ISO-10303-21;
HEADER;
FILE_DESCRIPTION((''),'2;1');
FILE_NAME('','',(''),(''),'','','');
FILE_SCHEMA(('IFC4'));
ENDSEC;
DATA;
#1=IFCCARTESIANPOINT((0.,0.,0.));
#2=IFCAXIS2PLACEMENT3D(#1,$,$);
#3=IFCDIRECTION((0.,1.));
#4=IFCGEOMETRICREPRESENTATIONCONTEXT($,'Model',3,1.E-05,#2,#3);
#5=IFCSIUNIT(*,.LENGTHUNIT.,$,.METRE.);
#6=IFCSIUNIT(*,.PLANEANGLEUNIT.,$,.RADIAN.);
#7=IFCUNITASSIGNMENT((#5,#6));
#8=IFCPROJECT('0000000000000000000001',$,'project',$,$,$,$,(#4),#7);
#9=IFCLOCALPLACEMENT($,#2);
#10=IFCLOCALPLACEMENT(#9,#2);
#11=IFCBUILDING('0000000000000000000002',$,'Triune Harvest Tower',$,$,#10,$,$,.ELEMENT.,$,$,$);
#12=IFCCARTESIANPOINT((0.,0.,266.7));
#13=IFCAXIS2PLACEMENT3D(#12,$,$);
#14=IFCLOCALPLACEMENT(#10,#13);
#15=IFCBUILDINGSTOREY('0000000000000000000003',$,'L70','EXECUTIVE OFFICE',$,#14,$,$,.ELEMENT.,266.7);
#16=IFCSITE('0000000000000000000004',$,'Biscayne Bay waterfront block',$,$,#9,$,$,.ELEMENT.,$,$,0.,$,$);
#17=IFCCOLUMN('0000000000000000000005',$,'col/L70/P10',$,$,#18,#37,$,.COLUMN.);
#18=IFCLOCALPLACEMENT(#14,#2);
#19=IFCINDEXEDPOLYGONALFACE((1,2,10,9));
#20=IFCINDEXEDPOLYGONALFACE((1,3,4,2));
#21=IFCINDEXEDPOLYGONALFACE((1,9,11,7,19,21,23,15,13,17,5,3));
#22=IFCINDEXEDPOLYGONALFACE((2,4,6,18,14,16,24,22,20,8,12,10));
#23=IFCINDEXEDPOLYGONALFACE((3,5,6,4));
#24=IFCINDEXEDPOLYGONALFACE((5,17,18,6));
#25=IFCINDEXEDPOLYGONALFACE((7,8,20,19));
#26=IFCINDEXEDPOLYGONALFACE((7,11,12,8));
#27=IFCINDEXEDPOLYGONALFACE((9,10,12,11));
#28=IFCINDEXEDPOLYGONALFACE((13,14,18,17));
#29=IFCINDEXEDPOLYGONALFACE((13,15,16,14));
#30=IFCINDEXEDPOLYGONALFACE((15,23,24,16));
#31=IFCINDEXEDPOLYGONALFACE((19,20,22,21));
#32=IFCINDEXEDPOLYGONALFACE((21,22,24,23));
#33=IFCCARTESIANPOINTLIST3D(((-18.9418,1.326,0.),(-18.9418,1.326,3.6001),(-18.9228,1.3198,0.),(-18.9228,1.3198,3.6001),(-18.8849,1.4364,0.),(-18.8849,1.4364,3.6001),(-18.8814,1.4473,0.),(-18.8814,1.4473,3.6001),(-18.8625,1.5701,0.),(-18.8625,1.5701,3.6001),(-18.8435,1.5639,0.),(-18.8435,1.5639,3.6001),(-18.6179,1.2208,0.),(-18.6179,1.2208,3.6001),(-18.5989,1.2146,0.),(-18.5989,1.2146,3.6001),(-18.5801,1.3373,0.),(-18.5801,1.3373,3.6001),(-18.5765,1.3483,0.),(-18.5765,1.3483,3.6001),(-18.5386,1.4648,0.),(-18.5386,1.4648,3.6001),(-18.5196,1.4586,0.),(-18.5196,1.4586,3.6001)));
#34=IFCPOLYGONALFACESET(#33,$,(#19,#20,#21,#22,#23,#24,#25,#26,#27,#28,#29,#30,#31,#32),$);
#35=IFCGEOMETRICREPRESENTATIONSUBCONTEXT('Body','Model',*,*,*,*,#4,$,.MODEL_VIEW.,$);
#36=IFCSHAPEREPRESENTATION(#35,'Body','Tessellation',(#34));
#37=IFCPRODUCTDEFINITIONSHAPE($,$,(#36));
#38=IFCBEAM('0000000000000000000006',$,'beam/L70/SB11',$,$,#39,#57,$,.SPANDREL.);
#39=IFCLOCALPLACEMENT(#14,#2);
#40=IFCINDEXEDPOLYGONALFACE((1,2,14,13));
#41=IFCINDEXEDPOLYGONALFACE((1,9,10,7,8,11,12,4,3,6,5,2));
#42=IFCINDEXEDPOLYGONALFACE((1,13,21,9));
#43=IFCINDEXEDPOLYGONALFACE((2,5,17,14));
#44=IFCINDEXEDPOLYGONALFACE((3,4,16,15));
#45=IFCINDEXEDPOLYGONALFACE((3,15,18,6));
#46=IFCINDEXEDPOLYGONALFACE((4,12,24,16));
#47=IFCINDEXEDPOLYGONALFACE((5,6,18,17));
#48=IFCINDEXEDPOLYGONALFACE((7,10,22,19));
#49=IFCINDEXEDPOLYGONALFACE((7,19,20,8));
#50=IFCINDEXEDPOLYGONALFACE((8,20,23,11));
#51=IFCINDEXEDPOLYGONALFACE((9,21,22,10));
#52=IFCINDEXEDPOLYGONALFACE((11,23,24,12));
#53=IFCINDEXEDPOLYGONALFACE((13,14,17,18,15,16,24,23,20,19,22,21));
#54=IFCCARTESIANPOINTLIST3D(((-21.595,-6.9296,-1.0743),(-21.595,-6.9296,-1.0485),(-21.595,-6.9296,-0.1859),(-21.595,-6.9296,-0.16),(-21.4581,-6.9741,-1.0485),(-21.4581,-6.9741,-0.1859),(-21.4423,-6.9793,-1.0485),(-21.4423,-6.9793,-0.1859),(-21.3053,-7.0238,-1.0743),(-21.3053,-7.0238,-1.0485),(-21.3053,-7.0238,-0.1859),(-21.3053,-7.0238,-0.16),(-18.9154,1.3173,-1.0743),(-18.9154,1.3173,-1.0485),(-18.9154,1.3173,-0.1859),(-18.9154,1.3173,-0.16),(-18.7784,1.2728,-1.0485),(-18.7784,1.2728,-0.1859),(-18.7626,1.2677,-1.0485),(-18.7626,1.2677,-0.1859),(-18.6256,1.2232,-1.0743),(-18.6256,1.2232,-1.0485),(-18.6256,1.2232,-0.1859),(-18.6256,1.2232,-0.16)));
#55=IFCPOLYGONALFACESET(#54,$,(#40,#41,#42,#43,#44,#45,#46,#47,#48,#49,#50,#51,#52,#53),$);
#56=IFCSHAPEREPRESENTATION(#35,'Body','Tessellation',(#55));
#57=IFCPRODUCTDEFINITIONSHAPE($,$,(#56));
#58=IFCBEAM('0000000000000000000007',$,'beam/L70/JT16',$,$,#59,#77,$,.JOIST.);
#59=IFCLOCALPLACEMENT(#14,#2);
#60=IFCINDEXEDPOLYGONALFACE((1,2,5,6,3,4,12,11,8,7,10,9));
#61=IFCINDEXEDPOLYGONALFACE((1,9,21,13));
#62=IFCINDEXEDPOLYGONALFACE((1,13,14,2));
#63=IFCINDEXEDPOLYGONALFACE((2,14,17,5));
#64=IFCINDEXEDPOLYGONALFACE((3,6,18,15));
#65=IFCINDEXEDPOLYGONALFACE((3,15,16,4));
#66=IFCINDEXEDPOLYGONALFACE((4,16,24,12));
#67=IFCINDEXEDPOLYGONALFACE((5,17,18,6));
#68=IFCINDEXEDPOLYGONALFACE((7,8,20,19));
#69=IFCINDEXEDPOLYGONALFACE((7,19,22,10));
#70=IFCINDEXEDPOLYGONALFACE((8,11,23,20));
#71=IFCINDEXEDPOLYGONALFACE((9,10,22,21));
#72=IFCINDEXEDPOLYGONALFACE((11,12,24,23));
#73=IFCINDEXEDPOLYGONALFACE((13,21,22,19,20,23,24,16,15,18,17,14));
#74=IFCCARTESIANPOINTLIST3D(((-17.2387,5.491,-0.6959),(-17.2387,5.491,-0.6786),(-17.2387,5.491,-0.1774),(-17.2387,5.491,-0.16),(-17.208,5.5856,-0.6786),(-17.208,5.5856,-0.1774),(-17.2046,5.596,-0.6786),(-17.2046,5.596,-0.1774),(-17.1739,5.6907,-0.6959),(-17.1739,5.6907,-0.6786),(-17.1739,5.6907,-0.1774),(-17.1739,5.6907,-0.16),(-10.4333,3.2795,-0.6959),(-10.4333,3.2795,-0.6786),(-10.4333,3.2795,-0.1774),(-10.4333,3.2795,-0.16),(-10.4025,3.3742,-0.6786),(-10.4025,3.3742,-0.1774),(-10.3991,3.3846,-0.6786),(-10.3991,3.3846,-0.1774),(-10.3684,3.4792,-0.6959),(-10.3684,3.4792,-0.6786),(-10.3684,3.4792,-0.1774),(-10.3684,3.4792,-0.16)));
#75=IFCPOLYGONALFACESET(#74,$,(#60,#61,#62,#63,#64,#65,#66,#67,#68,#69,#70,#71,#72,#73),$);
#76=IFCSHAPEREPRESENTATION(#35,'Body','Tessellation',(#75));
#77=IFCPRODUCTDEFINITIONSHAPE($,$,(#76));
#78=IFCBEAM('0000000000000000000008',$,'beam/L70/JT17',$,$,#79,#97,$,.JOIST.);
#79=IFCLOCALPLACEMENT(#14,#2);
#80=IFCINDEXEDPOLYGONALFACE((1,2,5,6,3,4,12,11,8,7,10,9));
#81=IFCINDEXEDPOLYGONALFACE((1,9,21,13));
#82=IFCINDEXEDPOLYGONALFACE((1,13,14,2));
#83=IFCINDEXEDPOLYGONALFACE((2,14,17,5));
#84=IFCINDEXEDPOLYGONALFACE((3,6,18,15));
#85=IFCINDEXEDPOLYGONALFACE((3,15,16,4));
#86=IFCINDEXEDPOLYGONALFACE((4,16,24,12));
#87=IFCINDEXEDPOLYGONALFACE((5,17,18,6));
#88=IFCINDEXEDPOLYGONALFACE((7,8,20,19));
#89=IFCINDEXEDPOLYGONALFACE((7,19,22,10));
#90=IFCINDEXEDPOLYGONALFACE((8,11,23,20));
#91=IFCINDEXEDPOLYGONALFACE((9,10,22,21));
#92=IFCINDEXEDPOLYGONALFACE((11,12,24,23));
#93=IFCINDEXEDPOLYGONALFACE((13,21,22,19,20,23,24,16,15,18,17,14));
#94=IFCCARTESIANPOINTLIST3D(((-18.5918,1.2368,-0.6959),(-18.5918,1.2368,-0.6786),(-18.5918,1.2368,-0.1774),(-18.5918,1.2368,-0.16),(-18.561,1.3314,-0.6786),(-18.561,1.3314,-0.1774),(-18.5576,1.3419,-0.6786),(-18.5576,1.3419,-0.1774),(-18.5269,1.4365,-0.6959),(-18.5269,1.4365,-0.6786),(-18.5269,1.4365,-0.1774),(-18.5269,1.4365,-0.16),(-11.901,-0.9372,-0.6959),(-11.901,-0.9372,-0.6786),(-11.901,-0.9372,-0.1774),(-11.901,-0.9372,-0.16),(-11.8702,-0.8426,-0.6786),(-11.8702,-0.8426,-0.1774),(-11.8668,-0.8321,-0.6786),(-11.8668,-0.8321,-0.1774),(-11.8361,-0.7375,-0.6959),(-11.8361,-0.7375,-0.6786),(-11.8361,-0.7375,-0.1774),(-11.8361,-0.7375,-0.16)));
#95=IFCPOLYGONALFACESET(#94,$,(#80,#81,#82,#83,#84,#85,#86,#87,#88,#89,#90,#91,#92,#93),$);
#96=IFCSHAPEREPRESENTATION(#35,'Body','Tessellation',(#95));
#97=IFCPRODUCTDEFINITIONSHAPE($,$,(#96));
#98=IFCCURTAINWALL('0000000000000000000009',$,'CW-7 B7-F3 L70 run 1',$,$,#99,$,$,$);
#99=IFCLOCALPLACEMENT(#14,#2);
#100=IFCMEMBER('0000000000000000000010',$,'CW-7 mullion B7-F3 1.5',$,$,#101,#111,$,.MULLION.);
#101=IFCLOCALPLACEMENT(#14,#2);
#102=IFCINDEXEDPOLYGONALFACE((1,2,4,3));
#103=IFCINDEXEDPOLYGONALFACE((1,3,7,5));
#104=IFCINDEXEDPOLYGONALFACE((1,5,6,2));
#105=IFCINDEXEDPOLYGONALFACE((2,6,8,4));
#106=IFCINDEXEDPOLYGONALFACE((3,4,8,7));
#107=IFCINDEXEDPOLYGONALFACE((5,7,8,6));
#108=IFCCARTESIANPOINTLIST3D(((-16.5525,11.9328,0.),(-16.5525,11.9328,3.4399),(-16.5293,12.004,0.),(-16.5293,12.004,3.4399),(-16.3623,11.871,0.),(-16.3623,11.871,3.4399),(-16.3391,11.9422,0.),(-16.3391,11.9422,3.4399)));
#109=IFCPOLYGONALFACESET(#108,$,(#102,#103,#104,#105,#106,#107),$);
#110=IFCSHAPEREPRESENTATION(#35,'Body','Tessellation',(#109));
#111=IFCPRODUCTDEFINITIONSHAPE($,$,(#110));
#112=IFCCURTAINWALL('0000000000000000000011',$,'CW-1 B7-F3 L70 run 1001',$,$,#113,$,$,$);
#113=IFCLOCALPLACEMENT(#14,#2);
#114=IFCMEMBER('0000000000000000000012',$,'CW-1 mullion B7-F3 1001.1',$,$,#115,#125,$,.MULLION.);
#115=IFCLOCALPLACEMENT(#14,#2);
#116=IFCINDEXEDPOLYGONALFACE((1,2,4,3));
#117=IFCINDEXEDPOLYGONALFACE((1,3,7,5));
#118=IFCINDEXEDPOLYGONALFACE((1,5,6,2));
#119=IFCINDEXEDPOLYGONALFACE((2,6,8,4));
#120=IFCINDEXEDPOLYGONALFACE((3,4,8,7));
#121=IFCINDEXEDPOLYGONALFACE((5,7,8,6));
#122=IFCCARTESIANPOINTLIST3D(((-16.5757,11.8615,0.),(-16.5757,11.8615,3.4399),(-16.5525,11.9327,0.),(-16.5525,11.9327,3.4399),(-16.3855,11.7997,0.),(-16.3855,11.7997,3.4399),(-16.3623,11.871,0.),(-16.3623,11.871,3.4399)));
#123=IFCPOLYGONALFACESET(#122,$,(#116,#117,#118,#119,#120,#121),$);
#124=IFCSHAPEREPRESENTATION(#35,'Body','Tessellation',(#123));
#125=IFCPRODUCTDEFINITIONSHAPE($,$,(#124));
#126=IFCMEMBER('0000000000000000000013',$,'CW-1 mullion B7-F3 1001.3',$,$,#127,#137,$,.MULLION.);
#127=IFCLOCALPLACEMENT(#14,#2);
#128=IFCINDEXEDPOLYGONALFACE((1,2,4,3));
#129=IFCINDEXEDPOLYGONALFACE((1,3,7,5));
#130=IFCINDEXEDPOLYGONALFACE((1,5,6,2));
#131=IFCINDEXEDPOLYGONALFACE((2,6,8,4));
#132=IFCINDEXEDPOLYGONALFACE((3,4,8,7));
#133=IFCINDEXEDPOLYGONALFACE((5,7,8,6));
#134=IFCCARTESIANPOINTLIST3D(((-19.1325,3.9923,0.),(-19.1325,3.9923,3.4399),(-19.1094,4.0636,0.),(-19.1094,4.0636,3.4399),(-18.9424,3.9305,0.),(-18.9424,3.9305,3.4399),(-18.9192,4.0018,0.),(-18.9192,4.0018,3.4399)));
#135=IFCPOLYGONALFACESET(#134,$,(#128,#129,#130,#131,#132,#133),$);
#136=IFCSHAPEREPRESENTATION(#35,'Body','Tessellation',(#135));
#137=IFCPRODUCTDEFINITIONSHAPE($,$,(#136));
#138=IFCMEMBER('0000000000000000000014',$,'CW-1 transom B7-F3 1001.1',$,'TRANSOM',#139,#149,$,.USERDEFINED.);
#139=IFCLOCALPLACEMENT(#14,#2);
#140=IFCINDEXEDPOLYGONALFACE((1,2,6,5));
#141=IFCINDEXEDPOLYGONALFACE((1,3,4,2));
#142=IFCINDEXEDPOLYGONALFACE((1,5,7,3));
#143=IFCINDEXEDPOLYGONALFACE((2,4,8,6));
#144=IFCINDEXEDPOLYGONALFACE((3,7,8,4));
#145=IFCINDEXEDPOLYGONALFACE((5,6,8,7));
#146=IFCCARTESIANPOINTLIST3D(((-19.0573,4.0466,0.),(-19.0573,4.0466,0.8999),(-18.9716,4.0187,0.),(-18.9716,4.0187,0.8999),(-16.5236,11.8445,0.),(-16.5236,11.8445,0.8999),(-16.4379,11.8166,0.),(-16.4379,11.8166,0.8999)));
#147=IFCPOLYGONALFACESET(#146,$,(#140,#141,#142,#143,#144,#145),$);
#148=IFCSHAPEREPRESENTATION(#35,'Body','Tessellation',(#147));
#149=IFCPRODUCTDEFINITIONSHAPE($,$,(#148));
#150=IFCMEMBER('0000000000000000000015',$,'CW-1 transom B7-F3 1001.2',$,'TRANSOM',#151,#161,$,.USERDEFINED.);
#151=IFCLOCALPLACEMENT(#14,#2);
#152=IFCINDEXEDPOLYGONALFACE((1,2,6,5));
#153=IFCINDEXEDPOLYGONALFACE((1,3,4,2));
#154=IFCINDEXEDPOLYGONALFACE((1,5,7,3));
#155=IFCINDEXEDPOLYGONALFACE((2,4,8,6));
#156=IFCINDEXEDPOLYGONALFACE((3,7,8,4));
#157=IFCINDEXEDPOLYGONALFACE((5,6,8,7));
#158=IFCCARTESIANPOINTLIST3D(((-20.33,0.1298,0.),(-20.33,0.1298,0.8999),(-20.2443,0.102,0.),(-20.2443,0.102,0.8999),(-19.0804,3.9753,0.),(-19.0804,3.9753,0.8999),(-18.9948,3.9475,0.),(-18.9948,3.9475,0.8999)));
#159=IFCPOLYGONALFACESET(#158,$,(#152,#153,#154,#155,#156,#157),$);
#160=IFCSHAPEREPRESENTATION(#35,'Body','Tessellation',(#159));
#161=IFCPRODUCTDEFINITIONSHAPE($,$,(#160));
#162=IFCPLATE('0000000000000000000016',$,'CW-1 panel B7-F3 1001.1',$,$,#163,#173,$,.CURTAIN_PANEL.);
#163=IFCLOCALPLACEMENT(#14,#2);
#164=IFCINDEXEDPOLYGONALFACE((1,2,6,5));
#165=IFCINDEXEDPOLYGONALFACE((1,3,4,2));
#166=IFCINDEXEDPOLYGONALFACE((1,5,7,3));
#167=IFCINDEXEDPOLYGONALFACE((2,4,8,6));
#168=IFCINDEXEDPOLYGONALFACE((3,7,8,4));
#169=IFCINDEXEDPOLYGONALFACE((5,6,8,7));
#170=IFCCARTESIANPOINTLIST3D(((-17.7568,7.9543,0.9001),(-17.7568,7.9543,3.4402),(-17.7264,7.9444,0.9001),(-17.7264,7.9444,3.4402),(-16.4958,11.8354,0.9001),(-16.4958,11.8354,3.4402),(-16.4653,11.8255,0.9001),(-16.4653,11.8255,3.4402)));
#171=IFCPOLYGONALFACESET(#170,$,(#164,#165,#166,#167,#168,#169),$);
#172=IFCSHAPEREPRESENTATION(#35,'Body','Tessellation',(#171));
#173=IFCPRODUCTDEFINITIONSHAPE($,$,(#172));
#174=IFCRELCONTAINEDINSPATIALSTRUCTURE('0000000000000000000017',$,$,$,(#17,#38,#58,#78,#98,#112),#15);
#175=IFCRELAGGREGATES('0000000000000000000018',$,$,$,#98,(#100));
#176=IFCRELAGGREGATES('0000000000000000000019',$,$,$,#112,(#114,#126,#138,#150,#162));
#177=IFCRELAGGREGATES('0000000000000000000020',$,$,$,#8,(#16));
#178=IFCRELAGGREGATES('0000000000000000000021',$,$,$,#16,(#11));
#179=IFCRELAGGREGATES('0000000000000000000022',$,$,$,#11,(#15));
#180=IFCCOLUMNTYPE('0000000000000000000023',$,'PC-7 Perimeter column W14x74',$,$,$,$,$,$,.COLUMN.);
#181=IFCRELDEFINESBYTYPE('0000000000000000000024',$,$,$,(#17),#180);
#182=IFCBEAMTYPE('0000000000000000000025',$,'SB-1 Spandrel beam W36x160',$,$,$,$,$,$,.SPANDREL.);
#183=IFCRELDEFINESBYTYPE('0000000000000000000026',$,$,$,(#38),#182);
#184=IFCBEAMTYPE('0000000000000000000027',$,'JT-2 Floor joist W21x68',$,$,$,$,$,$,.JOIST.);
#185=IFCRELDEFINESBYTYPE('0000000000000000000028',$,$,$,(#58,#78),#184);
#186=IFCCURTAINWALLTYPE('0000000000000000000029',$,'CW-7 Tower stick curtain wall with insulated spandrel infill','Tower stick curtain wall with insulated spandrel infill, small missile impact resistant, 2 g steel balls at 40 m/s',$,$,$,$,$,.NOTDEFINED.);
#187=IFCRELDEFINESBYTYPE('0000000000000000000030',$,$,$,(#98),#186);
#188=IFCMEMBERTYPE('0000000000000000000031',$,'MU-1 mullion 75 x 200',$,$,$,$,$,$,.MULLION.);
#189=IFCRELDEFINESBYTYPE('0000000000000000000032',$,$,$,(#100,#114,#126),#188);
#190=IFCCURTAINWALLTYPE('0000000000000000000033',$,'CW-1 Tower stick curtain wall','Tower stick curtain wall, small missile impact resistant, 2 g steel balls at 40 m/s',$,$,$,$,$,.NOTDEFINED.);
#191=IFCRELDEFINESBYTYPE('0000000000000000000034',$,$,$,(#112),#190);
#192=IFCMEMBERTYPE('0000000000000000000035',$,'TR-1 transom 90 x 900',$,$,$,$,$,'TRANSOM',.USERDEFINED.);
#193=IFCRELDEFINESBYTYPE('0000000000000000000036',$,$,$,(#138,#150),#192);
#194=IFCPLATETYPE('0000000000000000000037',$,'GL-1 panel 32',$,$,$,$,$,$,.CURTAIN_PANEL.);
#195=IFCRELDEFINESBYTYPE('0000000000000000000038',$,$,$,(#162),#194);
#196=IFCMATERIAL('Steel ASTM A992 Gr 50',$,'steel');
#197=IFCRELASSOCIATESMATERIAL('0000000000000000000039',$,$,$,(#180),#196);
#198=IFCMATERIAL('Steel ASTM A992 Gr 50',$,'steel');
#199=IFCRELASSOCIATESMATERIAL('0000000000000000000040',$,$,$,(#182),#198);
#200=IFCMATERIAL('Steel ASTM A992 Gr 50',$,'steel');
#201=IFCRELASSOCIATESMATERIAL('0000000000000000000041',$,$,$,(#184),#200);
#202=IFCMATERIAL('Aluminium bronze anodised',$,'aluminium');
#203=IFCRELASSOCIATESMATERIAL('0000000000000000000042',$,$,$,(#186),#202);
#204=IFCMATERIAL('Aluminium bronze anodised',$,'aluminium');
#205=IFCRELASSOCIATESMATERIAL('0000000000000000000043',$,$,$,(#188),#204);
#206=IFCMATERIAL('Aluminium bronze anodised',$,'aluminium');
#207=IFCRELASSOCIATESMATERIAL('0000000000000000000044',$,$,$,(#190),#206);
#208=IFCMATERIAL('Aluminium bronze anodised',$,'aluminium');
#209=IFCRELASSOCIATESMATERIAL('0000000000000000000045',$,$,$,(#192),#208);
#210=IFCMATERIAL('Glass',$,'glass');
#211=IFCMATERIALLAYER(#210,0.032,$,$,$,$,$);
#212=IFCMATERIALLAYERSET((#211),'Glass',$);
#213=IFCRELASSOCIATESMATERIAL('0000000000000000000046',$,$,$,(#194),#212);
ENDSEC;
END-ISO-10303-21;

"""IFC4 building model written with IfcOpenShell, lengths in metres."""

from ifc_helpers import new_model, si_unit, direction, frame, origin, origin_2d, place, context, subcontext, project, spatial, rectangle, i_section, extrude, source, transform, mapped, material, layer, layer_set, material_profile, profile_set, type_object, element, aggregate, save


model = new_model("IFC4")

# Units and contexts
model_context = context("Model", 3, precision=1e-05, world=origin(), true_north=direction((0.0, 1.0)))
body_context = subcontext(model_context, "Body", "Model", "MODEL_VIEW")
ifc_project = project(units=[si_unit("LENGTHUNIT", "METRE"), si_unit("PLANEANGLEUNIT", "RADIAN")], contexts=[model_context])

# Site, building, storey
site_placement = place(None, origin())
site = spatial("IfcSite", under=ifc_project, at=site_placement, Name="Biscayne Bay waterfront block", CompositionType="ELEMENT", RefElevation=0.0)
building_placement = place(site_placement, origin())
building = spatial("IfcBuilding", under=site, at=building_placement, Name="Triune Harvest Tower", CompositionType="ELEMENT")
storey_placement = place(building_placement, frame((0.0, 0.0, 266.7)))
storey = spatial("IfcBuildingStorey", under=building, at=storey_placement, Name="L70", Description="EXECUTIVE OFFICE", CompositionType="ELEMENT", Elevation=266.7)

# Column
ifc_material_1 = material(Name="Steel ASTM A992 Gr 50", Category="steel")
ifc_material_profile_1 = material_profile(ifc_material_1, i_section(OverallWidth=0.2566, OverallDepth=0.3606, WebThickness=0.0115, FlangeThickness=0.02, at=origin_2d()), Name="W14x74")
ifc_profile_set_1 = profile_set([ifc_material_profile_1], Name="Steel ASTM A992 Gr 50")
column_type = type_object("IfcColumnType", Name="PC-7 Perimeter column W14x74", PredefinedType="COLUMN", material=ifc_profile_set_1)
shared_shape_1 = source(origin(), body_context, "Body", "SweptSolid", [
    extrude(i_section(OverallWidth=0.2566, OverallDepth=0.3606, WebThickness=0.0115, FlangeThickness=0.02, at=origin_2d()), origin(), (0.0, 0.0, 1.0), 3.6001),
])
column_placement = place(storey_placement, frame((-18.7307, 1.3923, 0.0), z_axis=(0.0, 0.0, 1.0), x_axis=(-0.309015, -0.951057, 0.0)))
element("IfcColumn", 1, at=column_placement, inside=storey, type_object=column_type, Name="col/L70/P10", PredefinedType="COLUMN", context=body_context, shape_type="MappedRepresentation", body=[
    mapped(shared_shape_1, transform((0.0, 0.0, 0.0), scale=1.0)),
])

# Beams
ifc_material_2 = material(Name="Steel ASTM A992 Gr 50", Category="steel")
ifc_material_profile_2 = material_profile(ifc_material_2, i_section(OverallWidth=0.3047, OverallDepth=0.9143, WebThickness=0.0166, FlangeThickness=0.0259, at=origin_2d()), Name="W36x160")
ifc_profile_set_2 = profile_set([ifc_material_profile_2], Name="Steel ASTM A992 Gr 50")
beam_type_1 = type_object("IfcBeamType", Name="SB-1 Spandrel beam W36x160", PredefinedType="SPANDREL", material=ifc_profile_set_2)
shared_shape_2 = source(origin(), body_context, "Body", "SweptSolid", [
    extrude(i_section(OverallWidth=0.3047, OverallDepth=0.9143, WebThickness=0.0166, FlangeThickness=0.0259, at=origin_2d()), origin(), (0.0, 0.0, 1.0), 8.6714),
])
beam_1_placement = place(storey_placement, frame((-18.7705, 1.2703, -0.6172), z_axis=(-0.309022, -0.951055, 0.0), x_axis=(0.951055, -0.309022, 0.0)))
element("IfcBeam", 2, at=beam_1_placement, inside=storey, type_object=beam_type_1, Name="beam/L70/SB11", PredefinedType="SPANDREL", context=body_context, shape_type="MappedRepresentation", body=[
    mapped(shared_shape_2, transform((0.0, 0.0, 0.0), scale=1.0)),
])
ifc_material_3 = material(Name="Steel ASTM A992 Gr 50", Category="steel")
ifc_material_profile_3 = material_profile(ifc_material_3, i_section(OverallWidth=0.21, OverallDepth=0.5359, WebThickness=0.011, FlangeThickness=0.0173, at=origin_2d()), Name="W21x68")
ifc_profile_set_3 = profile_set([ifc_material_profile_3], Name="Steel ASTM A992 Gr 50")
beam_type_2 = type_object("IfcBeamType", Name="JT-2 Floor joist W21x68", PredefinedType="JOIST", material=ifc_profile_set_3)
shared_shape_3 = source(origin(), body_context, "Body", "SweptSolid", [
    extrude(i_section(OverallWidth=0.21, OverallDepth=0.5359, WebThickness=0.011, FlangeThickness=0.0173, at=origin_2d()), origin(), (0.0, 0.0, 1.0), 7.1558),
])
beam_2_placement = place(storey_placement, frame((-17.2063, 5.5908, -0.428), z_axis=(0.951048, -0.309044, 0.0), x_axis=(0.309044, 0.951048, 0.0)))
element("IfcBeam", 3, at=beam_2_placement, inside=storey, type_object=beam_type_2, Name="beam/L70/JT16", PredefinedType="JOIST", context=body_context, shape_type="MappedRepresentation", body=[
    mapped(shared_shape_3, transform((0.0, 0.0, 0.0), scale=1.0)),
])
shared_shape_4 = source(origin(), body_context, "Body", "SweptSolid", [
    extrude(i_section(OverallWidth=0.21, OverallDepth=0.5359, WebThickness=0.011, FlangeThickness=0.0173, at=origin_2d()), origin(), (0.0, 0.0, 1.0), 7.0352),
])
beam_3_placement = place(storey_placement, frame((-18.5593, 1.3367, -0.428), z_axis=(0.951054, -0.309025, 0.0), x_axis=(0.309025, 0.951054, 0.0)))
element("IfcBeam", 4, at=beam_3_placement, inside=storey, type_object=beam_type_2, Name="beam/L70/JT17", PredefinedType="JOIST", context=body_context, shape_type="MappedRepresentation", body=[
    mapped(shared_shape_4, transform((0.0, 0.0, 0.0), scale=1.0)),
])

# Curtain wall, member
ifc_material_4 = material(Name="Aluminium bronze anodised", Category="aluminium")
curtain_wall_type_1 = type_object("IfcCurtainWallType", Name="CW-7 Tower stick curtain wall with insulated spandrel infill", Description="Tower stick curtain wall with insulated spandrel infill, small missile impact resistant, 2 g steel balls at 40 m/s", PredefinedType="NOTDEFINED", material=ifc_material_4)
curtain_wall_1_placement = place(storey_placement, origin())
curtain_wall_1 = element("IfcCurtainWall", 5, at=curtain_wall_1_placement, inside=storey, type_object=curtain_wall_type_1, Name="CW-7 B7-F3 L70 run 1")
ifc_material_5 = material(Name="Aluminium bronze anodised", Category="aluminium")
ifc_material_profile_4 = material_profile(ifc_material_5, rectangle(XDim=0.2, YDim=0.075, at=origin_2d()), Name="MU-1 mullion 75 x 200")
ifc_profile_set_4 = profile_set([ifc_material_profile_4], Name="Aluminium bronze anodised")
member_type_1 = type_object("IfcMemberType", Name="MU-1 mullion 75 x 200", PredefinedType="MULLION", material=ifc_profile_set_4)
shared_shape_5 = source(origin(), body_context, "Body", "SweptSolid", [
    extrude(rectangle(XDim=0.2, YDim=0.075, at=origin_2d()), origin(), (0.0, 0.0, 1.0), 3.4399),
])
member_1_placement = place(storey_placement, frame((-16.4458, 11.9375, 0.0), z_axis=(0.0, 0.0, 1.0), x_axis=(0.951058, -0.309014, 0.0)))
member_1 = element("IfcMember", 6, at=member_1_placement, type_object=member_type_1, Name="CW-7 mullion B7-F3 1.5", PredefinedType="MULLION", context=body_context, shape_type="MappedRepresentation", body=[
    mapped(shared_shape_5, transform((0.0, 0.0, 0.0), scale=1.0)),
])
aggregate(curtain_wall_1, [member_1])

# Curtain wall, members, plate
ifc_material_6 = material(Name="Aluminium bronze anodised", Category="aluminium")
curtain_wall_type_2 = type_object("IfcCurtainWallType", Name="CW-1 Tower stick curtain wall", Description="Tower stick curtain wall, small missile impact resistant, 2 g steel balls at 40 m/s", PredefinedType="NOTDEFINED", material=ifc_material_6)
curtain_wall_2_placement = place(storey_placement, origin())
curtain_wall_2 = element("IfcCurtainWall", 7, at=curtain_wall_2_placement, inside=storey, type_object=curtain_wall_type_2, Name="CW-1 B7-F3 L70 run 1001")
member_2_placement = place(storey_placement, frame((-16.469, 11.8662, 0.0), z_axis=(0.0, 0.0, 1.0), x_axis=(0.951054, -0.309024, 0.0)))
member_2 = element("IfcMember", 8, at=member_2_placement, type_object=member_type_1, Name="CW-1 mullion B7-F3 1001.1", PredefinedType="MULLION", context=body_context, shape_type="MappedRepresentation", body=[
    mapped(shared_shape_5, transform((0.0, 0.0, 0.0), scale=1.0)),
])
member_3_placement = place(storey_placement, frame((-19.0259, 3.9971, 0.0), z_axis=(0.0, 0.0, 1.0), x_axis=(0.951054, -0.309024, 0.0)))
member_3 = element("IfcMember", 9, at=member_3_placement, type_object=member_type_1, Name="CW-1 mullion B7-F3 1001.3", PredefinedType="MULLION", context=body_context, shape_type="MappedRepresentation", body=[
    mapped(shared_shape_5, transform((0.0, 0.0, 0.0), scale=1.0)),
])
ifc_material_7 = material(Name="Aluminium bronze anodised", Category="aluminium")
ifc_material_profile_5 = material_profile(ifc_material_7, rectangle(XDim=0.0901, YDim=0.8999, at=origin_2d()), Name="TR-1 transom 90 x 900")
ifc_profile_set_5 = profile_set([ifc_material_profile_5], Name="Aluminium bronze anodised")
member_type_2 = type_object("IfcMemberType", Name="TR-1 transom 90 x 900", ElementType="TRANSOM", PredefinedType="USERDEFINED", material=ifc_profile_set_5)
shared_shape_6 = source(origin(), body_context, "Body", "SweptSolid", [
    extrude(rectangle(XDim=0.0901, YDim=0.8999, at=origin_2d()), origin(), (0.0, 0.0, 1.0), 8.1992),
])
member_4_placement = place(storey_placement, frame((-16.4807, 11.8306, 0.45), z_axis=(-0.309019, -0.951056, 0.0), x_axis=(0.951056, -0.309019, 0.0)))
member_4 = element("IfcMember", 10, at=member_4_placement, type_object=member_type_2, Name="CW-1 transom B7-F3 1001.1", ObjectType="TRANSOM", PredefinedType="USERDEFINED", context=body_context, shape_type="MappedRepresentation", body=[
    mapped(shared_shape_6, transform((0.0, 0.0, 0.0), scale=1.0)),
])
shared_shape_7 = source(origin(), body_context, "Body", "SweptSolid", [
    extrude(rectangle(XDim=0.0901, YDim=0.8999, at=origin_2d()), origin(), (0.0, 0.0, 1.0), 4.0435),
])
member_5_placement = place(storey_placement, frame((-19.0376, 3.9614, 0.45), z_axis=(-0.309027, -0.951053, 0.0), x_axis=(0.951053, -0.309027, 0.0)))
member_5 = element("IfcMember", 11, at=member_5_placement, type_object=member_type_2, Name="CW-1 transom B7-F3 1001.2", ObjectType="TRANSOM", PredefinedType="USERDEFINED", context=body_context, shape_type="MappedRepresentation", body=[
    mapped(shared_shape_7, transform((0.0, 0.0, 0.0), scale=1.0)),
])
ifc_material_8 = material(Name="Glass", Category="glass")
ifc_layer_1 = layer(ifc_material_8, 0.032)
ifc_layer_set_1 = layer_set([ifc_layer_1], Name="Glass")
plate_type = type_object("IfcPlateType", Name="GL-1 panel 32", PredefinedType="CURTAIN_PANEL", material=ifc_layer_set_1)
shared_shape_8 = source(origin(), body_context, "Body", "SweptSolid", [
    extrude(rectangle(XDim=4.0808, YDim=0.032, at=origin_2d()), origin(), (0.0, 0.0, 1.0), 2.54),
])
plate_1_placement = place(storey_placement, frame((-17.1111, 9.8899, 0.9001), z_axis=(0.0, 0.0, 1.0), x_axis=(-0.309024, -0.951054, 0.0)))
plate_1 = element("IfcPlate", 12, at=plate_1_placement, type_object=plate_type, Name="CW-1 panel B7-F3 1001.1", PredefinedType="CURTAIN_PANEL", context=body_context, shape_type="MappedRepresentation", body=[
    mapped(shared_shape_8, transform((0.0, 0.0, 0.0), scale=1.0)),
])
aggregate(curtain_wall_2, [member_2, member_3, member_4, member_5, plate_1])

save(model, "model.ifc")
